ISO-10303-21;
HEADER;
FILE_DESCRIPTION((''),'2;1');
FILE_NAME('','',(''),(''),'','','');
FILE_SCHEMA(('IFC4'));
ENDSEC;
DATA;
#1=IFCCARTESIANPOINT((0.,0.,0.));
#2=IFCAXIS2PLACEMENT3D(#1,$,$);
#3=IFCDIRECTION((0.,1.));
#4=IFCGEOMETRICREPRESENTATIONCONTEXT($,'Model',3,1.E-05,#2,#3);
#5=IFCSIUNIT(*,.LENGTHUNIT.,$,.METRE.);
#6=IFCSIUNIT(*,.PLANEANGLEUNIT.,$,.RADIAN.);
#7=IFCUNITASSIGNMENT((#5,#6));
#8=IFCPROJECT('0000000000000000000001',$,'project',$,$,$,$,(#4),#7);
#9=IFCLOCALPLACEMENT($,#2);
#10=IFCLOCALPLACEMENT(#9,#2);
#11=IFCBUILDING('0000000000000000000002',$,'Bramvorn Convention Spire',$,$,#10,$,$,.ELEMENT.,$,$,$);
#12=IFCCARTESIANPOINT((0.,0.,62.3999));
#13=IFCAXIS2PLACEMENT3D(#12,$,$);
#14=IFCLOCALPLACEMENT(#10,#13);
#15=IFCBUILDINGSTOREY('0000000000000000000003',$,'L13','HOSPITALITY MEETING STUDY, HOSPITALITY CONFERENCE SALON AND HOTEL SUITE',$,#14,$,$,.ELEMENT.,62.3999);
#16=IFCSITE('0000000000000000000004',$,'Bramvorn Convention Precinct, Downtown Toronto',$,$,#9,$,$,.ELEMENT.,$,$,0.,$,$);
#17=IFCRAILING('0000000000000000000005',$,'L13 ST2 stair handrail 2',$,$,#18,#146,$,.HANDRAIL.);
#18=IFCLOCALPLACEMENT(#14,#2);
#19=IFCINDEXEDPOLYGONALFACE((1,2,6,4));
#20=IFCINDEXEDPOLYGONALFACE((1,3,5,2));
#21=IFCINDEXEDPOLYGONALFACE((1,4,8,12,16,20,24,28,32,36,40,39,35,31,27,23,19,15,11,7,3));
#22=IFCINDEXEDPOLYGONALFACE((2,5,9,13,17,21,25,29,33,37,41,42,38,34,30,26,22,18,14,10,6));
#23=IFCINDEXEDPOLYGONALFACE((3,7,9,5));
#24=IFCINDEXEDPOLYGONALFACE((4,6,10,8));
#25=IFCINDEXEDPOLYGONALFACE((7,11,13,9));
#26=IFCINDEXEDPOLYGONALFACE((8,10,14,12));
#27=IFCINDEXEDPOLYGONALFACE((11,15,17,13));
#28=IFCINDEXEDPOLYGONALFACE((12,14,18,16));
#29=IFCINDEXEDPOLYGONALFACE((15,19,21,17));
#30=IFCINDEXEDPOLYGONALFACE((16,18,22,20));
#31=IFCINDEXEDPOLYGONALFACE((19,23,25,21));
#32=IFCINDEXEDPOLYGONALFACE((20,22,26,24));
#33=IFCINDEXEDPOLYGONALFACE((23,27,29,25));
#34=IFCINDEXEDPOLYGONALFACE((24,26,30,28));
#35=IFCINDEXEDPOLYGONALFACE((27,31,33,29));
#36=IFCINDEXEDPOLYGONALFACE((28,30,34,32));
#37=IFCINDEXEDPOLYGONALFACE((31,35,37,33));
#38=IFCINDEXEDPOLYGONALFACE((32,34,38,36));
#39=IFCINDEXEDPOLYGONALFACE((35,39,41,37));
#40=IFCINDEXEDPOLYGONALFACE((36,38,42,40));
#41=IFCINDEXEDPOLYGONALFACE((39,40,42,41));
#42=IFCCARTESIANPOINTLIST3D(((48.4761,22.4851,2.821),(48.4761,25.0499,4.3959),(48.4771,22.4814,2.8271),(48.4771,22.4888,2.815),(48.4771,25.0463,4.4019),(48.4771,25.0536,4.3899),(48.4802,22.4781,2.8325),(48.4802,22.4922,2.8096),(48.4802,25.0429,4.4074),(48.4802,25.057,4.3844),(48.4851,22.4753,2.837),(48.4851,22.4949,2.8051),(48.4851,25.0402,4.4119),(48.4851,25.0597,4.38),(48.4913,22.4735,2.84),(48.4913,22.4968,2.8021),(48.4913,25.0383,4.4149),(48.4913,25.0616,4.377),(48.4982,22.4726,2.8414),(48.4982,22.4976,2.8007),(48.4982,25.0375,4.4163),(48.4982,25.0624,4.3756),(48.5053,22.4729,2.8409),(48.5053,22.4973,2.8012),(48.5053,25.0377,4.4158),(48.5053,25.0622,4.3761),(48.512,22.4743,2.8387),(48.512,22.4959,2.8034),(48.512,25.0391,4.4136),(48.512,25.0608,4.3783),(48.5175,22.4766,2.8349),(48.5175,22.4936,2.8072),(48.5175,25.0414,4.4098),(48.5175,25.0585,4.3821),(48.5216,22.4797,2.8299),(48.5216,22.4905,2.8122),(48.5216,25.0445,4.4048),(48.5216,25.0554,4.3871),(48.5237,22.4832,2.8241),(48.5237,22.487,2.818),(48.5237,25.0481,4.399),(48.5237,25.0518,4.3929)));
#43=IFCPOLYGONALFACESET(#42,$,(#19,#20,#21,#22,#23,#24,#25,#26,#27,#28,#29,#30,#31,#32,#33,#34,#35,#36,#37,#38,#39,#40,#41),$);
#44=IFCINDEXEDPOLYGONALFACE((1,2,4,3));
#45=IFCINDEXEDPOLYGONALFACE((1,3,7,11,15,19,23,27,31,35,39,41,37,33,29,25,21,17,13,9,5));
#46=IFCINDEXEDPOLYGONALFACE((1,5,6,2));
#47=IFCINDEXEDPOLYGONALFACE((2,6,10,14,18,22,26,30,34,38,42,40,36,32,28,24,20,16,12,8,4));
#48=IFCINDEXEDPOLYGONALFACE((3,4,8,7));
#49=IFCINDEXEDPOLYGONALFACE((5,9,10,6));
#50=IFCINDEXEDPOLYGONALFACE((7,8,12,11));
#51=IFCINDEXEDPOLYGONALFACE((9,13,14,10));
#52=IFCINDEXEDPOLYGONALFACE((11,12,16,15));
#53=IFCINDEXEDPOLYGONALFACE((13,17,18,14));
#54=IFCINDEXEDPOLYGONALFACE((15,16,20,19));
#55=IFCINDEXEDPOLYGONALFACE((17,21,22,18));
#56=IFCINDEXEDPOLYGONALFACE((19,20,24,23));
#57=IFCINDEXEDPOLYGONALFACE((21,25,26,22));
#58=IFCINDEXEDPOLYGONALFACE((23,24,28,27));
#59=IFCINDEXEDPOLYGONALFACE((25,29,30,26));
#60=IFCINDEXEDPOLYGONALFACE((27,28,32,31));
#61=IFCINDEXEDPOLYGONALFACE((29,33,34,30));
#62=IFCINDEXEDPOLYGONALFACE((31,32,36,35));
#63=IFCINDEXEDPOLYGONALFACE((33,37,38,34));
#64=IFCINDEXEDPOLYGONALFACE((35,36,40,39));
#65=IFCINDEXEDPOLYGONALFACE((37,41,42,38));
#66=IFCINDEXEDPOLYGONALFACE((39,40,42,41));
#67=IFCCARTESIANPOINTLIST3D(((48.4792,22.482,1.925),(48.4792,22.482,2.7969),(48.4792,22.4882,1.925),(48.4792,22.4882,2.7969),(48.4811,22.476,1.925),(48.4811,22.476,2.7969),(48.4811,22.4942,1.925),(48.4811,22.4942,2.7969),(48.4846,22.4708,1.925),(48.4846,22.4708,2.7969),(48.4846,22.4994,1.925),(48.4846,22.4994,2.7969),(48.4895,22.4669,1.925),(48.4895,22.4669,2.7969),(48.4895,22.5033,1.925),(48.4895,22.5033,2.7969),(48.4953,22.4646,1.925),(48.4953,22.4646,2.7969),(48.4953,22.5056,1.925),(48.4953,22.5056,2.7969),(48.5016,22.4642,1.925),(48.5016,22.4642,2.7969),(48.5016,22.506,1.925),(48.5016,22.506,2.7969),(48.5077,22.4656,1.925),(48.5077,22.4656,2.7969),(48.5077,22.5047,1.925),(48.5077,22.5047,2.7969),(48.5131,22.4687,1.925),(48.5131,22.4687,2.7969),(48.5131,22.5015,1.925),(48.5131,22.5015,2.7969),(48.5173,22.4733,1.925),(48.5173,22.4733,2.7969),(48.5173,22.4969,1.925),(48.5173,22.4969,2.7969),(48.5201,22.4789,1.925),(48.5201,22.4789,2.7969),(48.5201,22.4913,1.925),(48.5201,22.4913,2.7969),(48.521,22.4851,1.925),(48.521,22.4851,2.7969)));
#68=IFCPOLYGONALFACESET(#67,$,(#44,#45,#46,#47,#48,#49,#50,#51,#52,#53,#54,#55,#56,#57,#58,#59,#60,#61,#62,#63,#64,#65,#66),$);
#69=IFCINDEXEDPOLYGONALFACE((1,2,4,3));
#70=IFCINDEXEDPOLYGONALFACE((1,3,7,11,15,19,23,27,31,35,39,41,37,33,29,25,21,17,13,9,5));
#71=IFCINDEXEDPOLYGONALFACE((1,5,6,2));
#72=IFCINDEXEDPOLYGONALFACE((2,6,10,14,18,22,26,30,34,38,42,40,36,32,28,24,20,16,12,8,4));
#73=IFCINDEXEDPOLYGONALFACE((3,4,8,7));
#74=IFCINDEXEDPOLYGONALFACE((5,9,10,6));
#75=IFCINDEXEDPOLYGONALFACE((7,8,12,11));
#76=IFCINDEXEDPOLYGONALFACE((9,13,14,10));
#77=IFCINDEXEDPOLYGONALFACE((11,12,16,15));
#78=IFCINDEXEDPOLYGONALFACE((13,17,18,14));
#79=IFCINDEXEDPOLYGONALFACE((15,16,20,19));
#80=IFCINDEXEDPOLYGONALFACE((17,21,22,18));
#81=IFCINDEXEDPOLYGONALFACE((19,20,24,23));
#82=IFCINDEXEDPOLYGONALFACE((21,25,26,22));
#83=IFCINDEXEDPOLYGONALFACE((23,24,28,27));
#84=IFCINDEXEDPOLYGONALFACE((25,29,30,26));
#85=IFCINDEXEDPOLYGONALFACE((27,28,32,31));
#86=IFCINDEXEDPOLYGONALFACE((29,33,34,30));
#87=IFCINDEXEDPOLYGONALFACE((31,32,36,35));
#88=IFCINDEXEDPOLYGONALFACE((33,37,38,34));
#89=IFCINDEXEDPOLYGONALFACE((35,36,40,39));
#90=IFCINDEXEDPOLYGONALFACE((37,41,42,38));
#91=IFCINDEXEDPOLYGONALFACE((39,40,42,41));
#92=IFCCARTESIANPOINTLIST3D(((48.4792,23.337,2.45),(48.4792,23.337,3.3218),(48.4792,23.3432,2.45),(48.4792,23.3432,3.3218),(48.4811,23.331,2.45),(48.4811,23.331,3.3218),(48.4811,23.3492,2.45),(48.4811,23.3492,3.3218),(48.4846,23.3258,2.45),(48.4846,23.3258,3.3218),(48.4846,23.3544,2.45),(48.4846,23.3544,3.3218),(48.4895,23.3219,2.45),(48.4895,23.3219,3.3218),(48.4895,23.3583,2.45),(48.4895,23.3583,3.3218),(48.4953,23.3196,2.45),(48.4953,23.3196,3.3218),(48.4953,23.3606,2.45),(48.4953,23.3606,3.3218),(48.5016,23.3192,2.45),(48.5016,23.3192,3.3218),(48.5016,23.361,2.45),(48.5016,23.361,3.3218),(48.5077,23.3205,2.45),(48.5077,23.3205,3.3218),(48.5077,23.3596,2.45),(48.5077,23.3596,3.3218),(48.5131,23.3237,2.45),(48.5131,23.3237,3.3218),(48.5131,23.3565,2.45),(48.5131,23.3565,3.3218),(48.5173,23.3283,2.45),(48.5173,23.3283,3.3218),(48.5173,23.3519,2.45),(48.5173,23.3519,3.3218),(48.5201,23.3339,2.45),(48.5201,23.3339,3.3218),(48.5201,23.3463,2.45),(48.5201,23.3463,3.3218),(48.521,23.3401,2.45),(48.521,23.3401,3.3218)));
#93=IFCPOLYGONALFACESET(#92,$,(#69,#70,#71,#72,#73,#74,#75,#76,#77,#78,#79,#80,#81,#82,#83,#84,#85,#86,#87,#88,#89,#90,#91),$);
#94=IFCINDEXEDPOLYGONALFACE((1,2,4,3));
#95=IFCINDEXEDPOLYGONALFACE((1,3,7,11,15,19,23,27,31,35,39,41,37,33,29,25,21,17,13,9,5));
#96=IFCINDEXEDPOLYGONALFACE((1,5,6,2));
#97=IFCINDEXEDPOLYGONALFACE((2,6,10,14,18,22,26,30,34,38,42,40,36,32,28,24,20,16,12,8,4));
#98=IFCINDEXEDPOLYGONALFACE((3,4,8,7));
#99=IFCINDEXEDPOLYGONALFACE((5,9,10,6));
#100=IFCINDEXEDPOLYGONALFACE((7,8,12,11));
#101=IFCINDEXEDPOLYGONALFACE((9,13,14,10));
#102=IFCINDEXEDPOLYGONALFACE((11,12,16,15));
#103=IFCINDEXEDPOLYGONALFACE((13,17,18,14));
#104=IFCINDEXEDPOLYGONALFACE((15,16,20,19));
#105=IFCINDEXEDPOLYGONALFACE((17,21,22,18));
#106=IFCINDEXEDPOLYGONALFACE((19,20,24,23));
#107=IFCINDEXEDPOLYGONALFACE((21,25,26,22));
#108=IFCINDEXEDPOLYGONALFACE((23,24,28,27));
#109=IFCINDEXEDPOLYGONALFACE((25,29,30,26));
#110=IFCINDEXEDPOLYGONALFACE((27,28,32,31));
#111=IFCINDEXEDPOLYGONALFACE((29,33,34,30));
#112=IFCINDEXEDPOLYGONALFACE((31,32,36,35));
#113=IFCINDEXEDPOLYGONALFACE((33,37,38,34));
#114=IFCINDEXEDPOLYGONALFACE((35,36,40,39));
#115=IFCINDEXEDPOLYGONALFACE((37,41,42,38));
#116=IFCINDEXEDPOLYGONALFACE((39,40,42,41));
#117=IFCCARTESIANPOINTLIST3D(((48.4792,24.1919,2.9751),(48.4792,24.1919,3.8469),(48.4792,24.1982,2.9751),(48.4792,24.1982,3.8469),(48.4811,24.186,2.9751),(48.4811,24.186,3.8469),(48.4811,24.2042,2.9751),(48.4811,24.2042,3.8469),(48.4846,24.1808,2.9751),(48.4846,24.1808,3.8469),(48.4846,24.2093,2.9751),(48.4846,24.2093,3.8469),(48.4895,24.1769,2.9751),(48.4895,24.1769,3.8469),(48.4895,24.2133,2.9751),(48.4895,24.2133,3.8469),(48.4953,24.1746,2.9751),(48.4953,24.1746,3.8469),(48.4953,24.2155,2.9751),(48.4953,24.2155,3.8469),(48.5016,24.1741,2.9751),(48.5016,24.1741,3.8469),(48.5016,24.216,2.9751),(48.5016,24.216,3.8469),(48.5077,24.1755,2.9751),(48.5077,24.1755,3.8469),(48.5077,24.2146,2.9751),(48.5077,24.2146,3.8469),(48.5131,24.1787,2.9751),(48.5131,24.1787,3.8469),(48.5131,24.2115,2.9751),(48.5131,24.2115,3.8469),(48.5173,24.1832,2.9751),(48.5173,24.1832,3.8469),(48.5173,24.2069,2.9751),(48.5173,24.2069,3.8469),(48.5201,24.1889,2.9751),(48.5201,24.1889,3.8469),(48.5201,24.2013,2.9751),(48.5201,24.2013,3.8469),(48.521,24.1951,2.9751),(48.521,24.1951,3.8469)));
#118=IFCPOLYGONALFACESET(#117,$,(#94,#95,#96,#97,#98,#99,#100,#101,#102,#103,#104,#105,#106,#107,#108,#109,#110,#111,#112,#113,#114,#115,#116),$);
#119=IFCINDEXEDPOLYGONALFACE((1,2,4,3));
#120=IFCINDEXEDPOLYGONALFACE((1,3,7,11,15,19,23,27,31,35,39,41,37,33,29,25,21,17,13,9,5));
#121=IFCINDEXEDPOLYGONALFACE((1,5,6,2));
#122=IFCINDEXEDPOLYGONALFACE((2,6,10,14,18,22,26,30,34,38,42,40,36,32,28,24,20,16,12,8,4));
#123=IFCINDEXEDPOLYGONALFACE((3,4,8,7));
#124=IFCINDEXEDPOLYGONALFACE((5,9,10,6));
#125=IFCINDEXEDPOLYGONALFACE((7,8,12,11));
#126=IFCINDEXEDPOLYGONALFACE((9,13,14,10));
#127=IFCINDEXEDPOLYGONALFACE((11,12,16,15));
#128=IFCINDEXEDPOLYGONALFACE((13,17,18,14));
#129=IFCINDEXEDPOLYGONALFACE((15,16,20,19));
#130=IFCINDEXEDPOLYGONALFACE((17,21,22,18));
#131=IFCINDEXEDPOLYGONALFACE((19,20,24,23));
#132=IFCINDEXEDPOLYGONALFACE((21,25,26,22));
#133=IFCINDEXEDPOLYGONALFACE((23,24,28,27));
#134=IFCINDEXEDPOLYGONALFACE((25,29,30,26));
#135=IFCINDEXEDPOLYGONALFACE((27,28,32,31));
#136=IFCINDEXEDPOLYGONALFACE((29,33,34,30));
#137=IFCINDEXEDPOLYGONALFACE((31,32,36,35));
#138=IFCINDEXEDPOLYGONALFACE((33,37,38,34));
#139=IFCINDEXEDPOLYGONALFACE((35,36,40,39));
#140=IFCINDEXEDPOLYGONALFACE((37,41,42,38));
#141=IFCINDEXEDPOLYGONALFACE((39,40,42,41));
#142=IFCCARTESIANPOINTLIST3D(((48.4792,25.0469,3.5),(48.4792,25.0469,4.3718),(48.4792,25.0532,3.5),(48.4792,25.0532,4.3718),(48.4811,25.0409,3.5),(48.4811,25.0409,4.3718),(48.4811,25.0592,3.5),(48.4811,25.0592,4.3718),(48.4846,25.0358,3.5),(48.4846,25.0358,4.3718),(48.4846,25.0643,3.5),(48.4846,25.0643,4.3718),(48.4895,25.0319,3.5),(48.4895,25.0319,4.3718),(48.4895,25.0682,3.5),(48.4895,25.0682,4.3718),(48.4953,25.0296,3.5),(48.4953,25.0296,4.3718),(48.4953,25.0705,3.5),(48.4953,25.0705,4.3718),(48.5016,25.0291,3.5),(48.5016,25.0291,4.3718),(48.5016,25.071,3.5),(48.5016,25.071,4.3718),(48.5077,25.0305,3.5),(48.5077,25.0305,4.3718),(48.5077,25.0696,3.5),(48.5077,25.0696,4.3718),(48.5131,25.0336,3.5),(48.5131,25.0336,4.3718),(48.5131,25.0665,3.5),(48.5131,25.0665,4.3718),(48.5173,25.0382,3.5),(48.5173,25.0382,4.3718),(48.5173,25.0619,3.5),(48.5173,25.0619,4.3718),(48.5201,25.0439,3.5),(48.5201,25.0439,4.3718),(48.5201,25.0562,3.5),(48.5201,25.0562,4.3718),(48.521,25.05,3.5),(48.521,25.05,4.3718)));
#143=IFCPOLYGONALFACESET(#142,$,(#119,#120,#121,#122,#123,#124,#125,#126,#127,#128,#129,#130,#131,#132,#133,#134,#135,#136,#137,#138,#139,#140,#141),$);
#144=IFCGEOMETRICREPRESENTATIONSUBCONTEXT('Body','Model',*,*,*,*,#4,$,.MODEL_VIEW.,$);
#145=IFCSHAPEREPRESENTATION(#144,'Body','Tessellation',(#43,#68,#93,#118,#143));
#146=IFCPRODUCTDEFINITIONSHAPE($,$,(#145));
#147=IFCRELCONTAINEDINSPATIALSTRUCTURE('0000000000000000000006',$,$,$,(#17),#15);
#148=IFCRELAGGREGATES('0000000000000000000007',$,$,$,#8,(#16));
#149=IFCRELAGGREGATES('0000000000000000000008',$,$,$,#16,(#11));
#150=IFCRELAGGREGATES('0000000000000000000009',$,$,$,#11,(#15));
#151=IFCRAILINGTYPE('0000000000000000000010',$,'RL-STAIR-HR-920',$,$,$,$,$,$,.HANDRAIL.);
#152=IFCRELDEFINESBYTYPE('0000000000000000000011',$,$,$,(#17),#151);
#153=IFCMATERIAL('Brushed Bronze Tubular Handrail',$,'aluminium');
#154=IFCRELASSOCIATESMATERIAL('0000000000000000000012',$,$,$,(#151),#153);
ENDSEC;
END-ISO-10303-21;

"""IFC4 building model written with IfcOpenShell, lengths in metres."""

from ifc_helpers import new_model, si_unit, direction, frame, origin, origin_2d, place, context, subcontext, project, spatial, circle, extrude, material, type_object, element, save


model = new_model("IFC4")

# Units and contexts
model_context = context("Model", 3, precision=1e-05, world=origin(), true_north=direction((0.0, 1.0)))
body_context = subcontext(model_context, "Body", "Model", "MODEL_VIEW")
ifc_project = project(units=[si_unit("LENGTHUNIT", "METRE"), si_unit("PLANEANGLEUNIT", "RADIAN")], contexts=[model_context])

# Site, building, storey
site_placement = place(None, origin())
site = spatial("IfcSite", under=ifc_project, at=site_placement, Name="Bramvorn Convention Precinct, Downtown Toronto", CompositionType="ELEMENT", RefElevation=0.0)
building_placement = place(site_placement, origin())
building = spatial("IfcBuilding", under=site, at=building_placement, Name="Bramvorn Convention Spire", CompositionType="ELEMENT")
storey_placement = place(building_placement, frame((0.0, 0.0, 62.3999)))
storey = spatial("IfcBuildingStorey", under=building, at=storey_placement, Name="L13", Description="HOSPITALITY MEETING STUDY, HOSPITALITY CONFERENCE SALON AND HOTEL SUITE", CompositionType="ELEMENT", Elevation=62.3999)

# Railing
ifc_material_1 = material(Name="Brushed Bronze Tubular Handrail", Category="aluminium")
railing_type_1 = type_object("IfcRailingType", Name="RL-STAIR-HR-920", PredefinedType="HANDRAIL", material=ifc_material_1)
railing_1_placement = place(storey_placement, frame((48.5, 22.4851, 1.925)))
element("IfcRailing", 1, at=railing_1_placement, inside=storey, type_object=railing_type_1, Name="L13 ST2 stair handrail 2", PredefinedType="HANDRAIL", context=body_context, shape_type="SweptSolid", body=[
    extrude(circle(Radius=0.0239, at=origin_2d()), frame((0.0, 0.0, 0.896), z_axis=(0.0, 0.852173, 0.52326), x_axis=(-1.0, 0.0, 0.0)), (0.0, 0.0, 1.0), 3.0098),
    extrude(circle(Radius=0.021, at=origin_2d()), origin(), (0.0, 0.0, 1.0), 0.8718),
    extrude(circle(Radius=0.021, at=origin_2d()), frame((0.0, 0.855, 0.5249)), (0.0, 0.0, 1.0), 0.8718),
    extrude(circle(Radius=0.021, at=origin_2d()), frame((0.0, 1.71, 1.05)), (0.0, 0.0, 1.0), 0.8718),
    extrude(circle(Radius=0.021, at=origin_2d()), frame((0.0, 2.5649, 1.575)), (0.0, 0.0, 1.0), 0.8718),
])

save(model, "model.ifc")
